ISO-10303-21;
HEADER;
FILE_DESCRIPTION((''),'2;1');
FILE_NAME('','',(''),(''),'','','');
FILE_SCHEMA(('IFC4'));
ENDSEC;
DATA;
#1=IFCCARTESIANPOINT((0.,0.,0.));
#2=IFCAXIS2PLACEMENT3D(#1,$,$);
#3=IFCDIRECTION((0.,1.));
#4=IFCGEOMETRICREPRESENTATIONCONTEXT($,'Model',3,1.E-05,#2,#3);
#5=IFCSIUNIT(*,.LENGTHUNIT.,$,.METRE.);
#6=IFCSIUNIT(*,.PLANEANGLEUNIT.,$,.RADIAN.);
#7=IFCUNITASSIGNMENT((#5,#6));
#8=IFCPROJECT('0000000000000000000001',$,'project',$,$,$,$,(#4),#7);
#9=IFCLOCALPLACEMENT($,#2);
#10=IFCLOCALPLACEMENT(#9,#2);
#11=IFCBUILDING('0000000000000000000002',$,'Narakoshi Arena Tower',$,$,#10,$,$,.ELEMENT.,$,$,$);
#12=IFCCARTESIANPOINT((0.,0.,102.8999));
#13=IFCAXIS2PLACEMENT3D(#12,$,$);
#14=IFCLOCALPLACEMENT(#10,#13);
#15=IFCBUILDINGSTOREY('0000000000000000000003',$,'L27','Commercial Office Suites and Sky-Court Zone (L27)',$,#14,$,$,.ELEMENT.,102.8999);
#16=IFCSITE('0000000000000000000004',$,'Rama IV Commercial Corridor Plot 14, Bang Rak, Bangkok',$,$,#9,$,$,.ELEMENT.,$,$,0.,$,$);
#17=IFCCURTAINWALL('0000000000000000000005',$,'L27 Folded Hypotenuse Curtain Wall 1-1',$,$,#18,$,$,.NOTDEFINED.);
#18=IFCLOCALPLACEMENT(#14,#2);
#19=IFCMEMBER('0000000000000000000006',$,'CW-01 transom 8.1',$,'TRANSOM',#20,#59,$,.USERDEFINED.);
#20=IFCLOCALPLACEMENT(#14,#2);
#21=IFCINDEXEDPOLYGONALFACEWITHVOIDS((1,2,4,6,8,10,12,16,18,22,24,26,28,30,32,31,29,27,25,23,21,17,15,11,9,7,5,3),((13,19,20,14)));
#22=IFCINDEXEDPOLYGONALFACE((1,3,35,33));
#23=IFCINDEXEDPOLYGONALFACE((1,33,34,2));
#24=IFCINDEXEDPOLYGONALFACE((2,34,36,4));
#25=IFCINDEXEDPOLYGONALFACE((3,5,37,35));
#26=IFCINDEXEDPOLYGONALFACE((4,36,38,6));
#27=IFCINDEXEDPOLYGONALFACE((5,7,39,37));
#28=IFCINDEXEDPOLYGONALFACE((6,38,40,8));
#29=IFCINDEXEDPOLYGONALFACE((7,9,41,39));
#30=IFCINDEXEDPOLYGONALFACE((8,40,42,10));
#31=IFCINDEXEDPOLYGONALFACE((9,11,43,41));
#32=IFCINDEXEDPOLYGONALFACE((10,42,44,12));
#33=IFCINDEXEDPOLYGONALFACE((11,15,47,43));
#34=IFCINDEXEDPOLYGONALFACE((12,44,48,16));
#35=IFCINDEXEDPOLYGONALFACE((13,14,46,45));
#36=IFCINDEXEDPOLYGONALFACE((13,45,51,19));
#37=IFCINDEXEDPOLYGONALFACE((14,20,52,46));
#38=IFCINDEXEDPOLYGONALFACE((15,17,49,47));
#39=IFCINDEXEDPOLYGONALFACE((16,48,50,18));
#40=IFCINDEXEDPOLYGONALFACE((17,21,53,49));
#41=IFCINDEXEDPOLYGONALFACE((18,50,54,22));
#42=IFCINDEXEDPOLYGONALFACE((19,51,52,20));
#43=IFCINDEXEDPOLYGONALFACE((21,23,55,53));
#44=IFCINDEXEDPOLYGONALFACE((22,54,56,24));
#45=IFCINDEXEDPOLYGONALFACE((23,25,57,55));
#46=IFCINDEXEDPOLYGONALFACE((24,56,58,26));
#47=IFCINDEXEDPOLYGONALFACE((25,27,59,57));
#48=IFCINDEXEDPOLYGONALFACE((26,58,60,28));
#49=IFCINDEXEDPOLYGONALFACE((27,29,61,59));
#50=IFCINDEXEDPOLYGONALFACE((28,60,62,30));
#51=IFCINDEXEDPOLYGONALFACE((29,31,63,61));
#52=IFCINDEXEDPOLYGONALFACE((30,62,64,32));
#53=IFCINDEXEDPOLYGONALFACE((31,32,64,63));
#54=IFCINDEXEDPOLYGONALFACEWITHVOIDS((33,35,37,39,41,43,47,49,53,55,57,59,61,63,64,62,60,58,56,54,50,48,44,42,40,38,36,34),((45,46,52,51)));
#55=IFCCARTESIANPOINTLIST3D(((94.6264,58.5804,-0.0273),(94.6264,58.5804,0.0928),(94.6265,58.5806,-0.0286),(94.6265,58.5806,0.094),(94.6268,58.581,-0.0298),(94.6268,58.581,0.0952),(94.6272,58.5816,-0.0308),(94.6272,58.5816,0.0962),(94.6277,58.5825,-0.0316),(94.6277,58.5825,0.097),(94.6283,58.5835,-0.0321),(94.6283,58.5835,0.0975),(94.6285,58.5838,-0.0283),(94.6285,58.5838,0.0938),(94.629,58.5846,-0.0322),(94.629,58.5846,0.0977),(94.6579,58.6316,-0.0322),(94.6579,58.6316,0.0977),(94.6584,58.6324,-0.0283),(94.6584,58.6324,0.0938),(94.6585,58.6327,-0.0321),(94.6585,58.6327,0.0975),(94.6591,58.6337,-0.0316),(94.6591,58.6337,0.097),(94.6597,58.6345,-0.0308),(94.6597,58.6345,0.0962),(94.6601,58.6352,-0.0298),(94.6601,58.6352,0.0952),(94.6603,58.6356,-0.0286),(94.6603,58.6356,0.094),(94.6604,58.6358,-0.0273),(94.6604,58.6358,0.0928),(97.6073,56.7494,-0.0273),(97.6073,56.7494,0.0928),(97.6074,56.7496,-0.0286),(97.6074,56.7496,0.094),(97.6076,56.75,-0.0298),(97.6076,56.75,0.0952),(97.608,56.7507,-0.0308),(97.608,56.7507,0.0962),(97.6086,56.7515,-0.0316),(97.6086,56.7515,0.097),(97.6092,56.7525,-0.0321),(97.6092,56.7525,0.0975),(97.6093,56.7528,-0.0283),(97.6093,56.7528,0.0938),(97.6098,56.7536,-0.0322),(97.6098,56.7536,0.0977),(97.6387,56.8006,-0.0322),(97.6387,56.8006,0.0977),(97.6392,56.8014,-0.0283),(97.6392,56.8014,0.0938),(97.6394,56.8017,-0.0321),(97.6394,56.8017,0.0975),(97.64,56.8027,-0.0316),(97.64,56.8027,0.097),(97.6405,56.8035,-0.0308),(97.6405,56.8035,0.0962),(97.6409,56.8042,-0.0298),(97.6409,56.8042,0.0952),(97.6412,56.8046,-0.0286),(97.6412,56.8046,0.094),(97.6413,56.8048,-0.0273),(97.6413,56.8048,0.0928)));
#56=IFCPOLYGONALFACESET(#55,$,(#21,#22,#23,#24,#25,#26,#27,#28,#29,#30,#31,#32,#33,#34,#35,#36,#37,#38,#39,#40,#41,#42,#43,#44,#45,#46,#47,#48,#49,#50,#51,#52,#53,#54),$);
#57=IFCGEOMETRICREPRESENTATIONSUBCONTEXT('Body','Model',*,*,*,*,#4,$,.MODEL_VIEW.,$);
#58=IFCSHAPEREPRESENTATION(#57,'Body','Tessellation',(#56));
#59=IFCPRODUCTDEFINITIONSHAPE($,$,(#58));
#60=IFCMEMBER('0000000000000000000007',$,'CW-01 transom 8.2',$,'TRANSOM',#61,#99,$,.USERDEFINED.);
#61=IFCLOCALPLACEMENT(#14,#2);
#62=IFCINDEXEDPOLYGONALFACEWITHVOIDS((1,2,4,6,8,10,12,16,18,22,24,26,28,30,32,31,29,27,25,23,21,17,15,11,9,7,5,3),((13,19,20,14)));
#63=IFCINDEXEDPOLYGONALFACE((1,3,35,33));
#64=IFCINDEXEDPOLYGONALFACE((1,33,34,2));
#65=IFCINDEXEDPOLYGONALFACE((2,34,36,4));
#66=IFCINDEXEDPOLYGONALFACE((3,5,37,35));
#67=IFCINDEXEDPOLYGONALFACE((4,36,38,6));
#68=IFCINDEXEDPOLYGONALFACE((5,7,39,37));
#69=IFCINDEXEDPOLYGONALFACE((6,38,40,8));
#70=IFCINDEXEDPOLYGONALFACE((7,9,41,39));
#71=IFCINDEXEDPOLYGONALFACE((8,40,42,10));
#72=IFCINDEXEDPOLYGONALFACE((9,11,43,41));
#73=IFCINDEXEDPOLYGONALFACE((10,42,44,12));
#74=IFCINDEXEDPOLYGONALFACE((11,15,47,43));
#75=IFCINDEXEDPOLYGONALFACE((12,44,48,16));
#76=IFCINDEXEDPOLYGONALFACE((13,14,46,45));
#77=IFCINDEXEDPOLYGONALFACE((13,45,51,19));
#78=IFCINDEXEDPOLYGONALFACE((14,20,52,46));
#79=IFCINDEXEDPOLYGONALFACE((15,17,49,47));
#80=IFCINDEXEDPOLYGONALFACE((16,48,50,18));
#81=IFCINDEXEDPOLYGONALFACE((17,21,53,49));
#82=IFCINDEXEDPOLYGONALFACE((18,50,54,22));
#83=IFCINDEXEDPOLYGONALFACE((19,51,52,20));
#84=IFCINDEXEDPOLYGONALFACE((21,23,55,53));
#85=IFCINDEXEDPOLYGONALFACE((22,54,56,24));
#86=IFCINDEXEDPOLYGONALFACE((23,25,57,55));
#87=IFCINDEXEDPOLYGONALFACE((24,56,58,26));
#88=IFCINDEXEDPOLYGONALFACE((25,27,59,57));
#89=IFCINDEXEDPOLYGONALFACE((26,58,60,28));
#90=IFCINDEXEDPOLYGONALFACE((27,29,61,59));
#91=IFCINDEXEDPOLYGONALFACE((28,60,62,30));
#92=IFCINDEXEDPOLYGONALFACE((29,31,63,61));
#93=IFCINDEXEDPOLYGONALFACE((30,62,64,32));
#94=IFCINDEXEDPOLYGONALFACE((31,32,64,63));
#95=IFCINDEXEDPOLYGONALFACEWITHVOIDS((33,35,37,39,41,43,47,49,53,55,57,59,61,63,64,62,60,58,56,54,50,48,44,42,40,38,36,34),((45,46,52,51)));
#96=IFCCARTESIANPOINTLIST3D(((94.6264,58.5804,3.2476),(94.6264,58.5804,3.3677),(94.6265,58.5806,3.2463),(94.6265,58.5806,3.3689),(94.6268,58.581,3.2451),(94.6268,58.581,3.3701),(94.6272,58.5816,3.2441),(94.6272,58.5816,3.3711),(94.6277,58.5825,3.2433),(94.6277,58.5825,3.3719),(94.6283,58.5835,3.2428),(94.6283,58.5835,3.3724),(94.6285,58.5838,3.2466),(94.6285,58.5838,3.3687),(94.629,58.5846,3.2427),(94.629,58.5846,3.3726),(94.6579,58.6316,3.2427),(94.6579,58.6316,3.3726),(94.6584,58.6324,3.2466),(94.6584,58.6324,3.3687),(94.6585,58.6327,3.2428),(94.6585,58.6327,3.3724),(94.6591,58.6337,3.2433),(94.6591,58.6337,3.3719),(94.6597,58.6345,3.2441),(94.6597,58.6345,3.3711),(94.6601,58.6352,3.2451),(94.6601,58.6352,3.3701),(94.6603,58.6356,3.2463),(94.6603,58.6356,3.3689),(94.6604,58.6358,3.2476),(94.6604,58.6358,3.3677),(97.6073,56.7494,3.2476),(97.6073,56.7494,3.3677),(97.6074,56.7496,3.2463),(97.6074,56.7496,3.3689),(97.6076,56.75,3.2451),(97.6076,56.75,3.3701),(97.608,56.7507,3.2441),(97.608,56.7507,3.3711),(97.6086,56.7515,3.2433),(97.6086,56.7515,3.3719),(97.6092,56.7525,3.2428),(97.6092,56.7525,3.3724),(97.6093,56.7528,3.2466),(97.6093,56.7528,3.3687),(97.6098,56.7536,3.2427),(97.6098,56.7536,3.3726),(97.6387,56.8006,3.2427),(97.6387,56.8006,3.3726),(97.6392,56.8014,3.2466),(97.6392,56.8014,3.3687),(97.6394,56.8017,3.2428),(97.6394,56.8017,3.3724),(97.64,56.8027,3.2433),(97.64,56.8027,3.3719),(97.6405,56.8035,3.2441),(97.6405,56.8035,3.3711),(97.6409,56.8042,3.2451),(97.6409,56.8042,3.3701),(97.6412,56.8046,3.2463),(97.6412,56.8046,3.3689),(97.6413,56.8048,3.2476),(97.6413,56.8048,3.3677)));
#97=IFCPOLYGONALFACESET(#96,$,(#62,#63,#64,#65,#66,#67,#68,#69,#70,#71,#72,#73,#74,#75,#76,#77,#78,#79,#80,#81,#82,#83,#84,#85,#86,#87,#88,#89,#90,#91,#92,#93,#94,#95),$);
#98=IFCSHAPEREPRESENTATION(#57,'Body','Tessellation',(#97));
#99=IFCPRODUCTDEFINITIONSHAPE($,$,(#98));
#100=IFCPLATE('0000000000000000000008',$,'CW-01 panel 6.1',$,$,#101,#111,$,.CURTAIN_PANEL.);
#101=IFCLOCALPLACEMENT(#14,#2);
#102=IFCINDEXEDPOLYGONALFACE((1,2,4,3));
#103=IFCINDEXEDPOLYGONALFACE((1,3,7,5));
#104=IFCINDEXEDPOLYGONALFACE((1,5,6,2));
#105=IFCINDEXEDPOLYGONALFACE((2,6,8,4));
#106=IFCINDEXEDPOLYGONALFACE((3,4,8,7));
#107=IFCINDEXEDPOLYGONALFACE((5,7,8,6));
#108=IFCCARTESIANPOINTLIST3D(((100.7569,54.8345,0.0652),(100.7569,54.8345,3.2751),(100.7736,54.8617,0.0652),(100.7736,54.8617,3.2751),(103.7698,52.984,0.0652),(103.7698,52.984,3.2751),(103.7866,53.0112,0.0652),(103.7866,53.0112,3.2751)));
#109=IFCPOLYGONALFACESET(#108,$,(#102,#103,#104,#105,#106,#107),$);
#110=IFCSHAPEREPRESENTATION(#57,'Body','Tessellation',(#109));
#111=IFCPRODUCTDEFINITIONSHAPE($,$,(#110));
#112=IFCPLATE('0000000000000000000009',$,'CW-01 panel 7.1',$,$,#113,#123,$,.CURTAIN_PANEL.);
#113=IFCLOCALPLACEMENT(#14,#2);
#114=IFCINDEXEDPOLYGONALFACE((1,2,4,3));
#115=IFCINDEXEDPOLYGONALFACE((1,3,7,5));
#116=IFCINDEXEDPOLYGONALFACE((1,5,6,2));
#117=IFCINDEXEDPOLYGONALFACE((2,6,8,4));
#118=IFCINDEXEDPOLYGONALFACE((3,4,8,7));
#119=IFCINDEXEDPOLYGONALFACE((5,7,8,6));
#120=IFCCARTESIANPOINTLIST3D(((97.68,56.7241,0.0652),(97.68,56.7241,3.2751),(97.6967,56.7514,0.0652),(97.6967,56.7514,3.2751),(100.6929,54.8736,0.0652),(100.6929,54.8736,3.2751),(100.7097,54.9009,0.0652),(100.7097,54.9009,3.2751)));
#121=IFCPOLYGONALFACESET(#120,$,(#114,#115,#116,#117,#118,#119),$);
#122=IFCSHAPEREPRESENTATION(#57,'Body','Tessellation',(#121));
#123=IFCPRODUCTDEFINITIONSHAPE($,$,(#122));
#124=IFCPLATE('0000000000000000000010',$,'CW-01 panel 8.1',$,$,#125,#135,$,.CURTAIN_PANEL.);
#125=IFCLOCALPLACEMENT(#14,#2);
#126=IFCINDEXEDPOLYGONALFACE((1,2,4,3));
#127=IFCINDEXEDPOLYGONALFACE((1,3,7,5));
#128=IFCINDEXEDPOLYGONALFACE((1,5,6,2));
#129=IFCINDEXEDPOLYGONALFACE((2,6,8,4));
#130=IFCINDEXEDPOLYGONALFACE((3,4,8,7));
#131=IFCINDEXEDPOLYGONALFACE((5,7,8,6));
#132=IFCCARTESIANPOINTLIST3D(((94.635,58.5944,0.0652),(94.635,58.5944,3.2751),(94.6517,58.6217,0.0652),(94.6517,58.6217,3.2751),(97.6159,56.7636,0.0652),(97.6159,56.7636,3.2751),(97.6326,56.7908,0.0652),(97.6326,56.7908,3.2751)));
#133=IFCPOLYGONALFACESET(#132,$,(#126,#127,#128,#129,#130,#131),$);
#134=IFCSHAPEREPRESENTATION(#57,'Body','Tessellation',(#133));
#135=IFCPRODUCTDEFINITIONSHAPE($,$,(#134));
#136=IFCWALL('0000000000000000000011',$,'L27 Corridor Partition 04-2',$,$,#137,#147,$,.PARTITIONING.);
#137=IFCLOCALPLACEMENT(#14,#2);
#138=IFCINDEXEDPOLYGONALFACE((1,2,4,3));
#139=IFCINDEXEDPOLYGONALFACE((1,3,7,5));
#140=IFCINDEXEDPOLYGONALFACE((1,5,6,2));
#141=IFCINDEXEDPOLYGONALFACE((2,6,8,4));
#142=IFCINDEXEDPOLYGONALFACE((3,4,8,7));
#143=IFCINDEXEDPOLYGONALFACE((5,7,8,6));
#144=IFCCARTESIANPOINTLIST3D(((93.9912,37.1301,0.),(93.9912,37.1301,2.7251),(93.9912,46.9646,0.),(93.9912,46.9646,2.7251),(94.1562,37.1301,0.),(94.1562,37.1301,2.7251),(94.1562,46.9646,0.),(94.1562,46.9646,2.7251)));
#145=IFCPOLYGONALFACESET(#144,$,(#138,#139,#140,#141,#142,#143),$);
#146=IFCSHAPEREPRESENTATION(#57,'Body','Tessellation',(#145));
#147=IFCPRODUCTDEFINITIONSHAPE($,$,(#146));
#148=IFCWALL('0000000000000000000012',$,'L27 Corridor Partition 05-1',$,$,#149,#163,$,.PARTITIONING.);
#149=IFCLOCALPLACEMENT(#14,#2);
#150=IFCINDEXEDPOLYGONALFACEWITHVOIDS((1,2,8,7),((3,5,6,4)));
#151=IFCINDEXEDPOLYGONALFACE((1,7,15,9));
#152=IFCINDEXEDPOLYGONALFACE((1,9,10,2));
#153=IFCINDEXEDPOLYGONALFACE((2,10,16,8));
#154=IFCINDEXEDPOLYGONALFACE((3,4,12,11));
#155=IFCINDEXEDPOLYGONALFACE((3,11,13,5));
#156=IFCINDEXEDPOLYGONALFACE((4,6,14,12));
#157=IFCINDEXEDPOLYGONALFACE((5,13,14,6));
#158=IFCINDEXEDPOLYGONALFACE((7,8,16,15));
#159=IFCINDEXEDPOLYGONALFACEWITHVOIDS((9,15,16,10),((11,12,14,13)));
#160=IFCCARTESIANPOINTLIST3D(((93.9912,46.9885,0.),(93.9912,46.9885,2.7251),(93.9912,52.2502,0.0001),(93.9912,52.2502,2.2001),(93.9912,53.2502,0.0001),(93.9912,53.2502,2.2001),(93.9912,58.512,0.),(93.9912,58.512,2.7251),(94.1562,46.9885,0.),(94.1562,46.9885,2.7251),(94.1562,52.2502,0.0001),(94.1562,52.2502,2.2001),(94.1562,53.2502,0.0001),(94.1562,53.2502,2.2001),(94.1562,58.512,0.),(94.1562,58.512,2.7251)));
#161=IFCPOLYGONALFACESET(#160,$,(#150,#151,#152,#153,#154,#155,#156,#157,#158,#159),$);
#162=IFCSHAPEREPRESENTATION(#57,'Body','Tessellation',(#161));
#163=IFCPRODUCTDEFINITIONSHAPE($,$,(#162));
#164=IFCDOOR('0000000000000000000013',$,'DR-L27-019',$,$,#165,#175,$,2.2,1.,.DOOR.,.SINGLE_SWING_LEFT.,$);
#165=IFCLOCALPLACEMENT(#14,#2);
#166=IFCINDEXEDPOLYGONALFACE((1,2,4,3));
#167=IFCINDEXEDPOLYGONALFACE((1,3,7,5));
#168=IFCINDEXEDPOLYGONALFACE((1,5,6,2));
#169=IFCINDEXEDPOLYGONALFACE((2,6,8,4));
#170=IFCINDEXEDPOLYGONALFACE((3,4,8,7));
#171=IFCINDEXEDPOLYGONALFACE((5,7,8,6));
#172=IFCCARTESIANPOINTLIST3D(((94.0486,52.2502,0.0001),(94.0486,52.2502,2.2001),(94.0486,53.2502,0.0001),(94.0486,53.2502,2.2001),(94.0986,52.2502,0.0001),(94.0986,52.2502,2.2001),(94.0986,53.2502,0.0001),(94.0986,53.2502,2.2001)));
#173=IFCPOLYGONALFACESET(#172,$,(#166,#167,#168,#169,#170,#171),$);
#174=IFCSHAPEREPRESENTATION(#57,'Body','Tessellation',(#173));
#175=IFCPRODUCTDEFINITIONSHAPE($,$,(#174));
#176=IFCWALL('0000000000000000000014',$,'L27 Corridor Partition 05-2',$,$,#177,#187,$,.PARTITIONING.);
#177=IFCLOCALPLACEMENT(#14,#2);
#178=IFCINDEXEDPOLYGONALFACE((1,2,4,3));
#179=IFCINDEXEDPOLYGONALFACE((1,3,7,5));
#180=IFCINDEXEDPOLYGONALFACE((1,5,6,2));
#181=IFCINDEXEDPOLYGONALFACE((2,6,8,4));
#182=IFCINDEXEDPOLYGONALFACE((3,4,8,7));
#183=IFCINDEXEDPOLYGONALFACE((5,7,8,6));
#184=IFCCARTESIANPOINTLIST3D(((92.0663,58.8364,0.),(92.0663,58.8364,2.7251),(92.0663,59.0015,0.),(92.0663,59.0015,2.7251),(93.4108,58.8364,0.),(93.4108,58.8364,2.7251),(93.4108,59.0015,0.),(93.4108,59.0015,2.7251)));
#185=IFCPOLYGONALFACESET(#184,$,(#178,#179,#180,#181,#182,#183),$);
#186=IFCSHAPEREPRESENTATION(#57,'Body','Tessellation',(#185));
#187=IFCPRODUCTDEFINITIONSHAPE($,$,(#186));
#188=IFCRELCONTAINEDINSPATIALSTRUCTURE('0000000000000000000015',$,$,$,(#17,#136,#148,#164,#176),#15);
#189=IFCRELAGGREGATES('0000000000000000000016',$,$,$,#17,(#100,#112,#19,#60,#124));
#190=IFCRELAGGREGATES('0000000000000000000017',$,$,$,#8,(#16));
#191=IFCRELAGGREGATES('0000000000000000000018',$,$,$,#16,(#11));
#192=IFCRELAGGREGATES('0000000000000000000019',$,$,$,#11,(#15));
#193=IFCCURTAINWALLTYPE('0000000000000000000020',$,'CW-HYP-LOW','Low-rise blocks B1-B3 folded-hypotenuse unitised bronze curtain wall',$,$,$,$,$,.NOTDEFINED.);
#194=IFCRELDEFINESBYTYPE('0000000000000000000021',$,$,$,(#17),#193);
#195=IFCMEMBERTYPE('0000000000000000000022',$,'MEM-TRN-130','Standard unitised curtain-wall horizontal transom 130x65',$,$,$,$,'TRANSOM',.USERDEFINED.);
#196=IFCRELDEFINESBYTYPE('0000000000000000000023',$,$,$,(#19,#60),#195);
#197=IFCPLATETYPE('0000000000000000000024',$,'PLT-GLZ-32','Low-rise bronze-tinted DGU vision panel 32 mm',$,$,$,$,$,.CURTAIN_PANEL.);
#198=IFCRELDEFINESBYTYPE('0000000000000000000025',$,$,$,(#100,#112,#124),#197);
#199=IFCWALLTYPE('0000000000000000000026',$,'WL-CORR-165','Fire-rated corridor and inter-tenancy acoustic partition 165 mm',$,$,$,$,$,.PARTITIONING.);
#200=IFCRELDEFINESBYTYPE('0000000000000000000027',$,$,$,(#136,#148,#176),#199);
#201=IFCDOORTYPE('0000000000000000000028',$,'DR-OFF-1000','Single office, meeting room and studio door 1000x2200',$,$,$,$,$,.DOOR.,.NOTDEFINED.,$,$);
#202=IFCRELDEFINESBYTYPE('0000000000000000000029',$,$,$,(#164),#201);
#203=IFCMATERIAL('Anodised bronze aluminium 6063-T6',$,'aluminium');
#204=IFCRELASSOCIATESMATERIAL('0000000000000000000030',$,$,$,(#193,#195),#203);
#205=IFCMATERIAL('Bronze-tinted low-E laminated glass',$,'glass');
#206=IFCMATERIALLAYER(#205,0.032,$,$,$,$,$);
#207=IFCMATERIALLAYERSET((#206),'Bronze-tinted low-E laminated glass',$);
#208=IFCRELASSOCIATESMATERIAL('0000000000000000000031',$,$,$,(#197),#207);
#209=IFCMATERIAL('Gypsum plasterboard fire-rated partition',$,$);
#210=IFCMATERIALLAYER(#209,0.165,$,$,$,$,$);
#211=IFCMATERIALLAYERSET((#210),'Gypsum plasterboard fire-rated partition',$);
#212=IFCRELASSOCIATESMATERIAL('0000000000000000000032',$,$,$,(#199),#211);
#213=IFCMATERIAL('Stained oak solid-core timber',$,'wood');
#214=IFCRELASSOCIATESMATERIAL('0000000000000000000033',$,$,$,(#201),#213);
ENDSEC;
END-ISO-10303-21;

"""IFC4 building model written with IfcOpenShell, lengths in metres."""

from ifc_helpers import new_model, si_unit, direction, frame, frame_2d, origin, origin_2d, place, context, subcontext, project, spatial, rectangle, hollow_rectangle, extrude, material, layer, layer_set, material_profile, profile_set, type_object, element, fill, aggregate, save


model = new_model("IFC4")

# Units and contexts
model_context = context("Model", 3, precision=1e-05, world=origin(), true_north=direction((0.0, 1.0)))
body_context = subcontext(model_context, "Body", "Model", "MODEL_VIEW")
ifc_project = project(units=[si_unit("LENGTHUNIT", "METRE"), si_unit("PLANEANGLEUNIT", "RADIAN")], contexts=[model_context])

# Site, building, storey
site_placement = place(None, origin())
site = spatial("IfcSite", under=ifc_project, at=site_placement, Name="Rama IV Commercial Corridor Plot 14, Bang Rak, Bangkok", CompositionType="ELEMENT", RefElevation=0.0)
building_placement = place(site_placement, origin())
building = spatial("IfcBuilding", under=site, at=building_placement, Name="Narakoshi Arena Tower", CompositionType="ELEMENT")
storey_placement = place(building_placement, frame((0.0, 0.0, 102.8999)))
storey = spatial("IfcBuildingStorey", under=building, at=storey_placement, Name="L27", Description="Commercial Office Suites and Sky-Court Zone (L27)", CompositionType="ELEMENT", Elevation=102.8999)

# Curtain wall, members, plates
ifc_material_1 = material(Name="Anodised bronze aluminium 6063-T6", Category="aluminium")
curtain_wall_type = type_object("IfcCurtainWallType", Name="CW-HYP-LOW", Description="Low-rise blocks B1-B3 folded-hypotenuse unitised bronze curtain wall", PredefinedType="NOTDEFINED", material=ifc_material_1)
curtain_wall_placement = place(storey_placement, origin())
curtain_wall = element("IfcCurtainWall", 1, at=curtain_wall_placement, inside=storey, type_object=curtain_wall_type, Name="L27 Folded Hypotenuse Curtain Wall 1-1", PredefinedType="NOTDEFINED")
ifc_material_profile_1 = material_profile(ifc_material_1, hollow_rectangle(XDim=0.0649, YDim=0.1299, WallThickness=0.0039, OuterFilletRadius=0.0049, at=origin_2d()), Name="TRN130x65x4")
ifc_profile_set_1 = profile_set([ifc_material_profile_1], Name="Anodised bronze aluminium 6063-T6")
member_type_1 = type_object("IfcMemberType", Name="MEM-TRN-130", Description="Standard unitised curtain-wall horizontal transom 130x65", ElementType="TRANSOM", PredefinedType="USERDEFINED", material=ifc_profile_set_1)
member_1_placement = place(storey_placement, frame((97.6243, 56.7771, 0.0327), z_axis=(-0.852089, 0.523396, 0.0), x_axis=(-0.523396, -0.852089, 0.0)))
member_1 = element("IfcMember", 2, at=member_1_placement, type_object=member_type_1, Name="CW-01 transom 8.1", ObjectType="TRANSOM", PredefinedType="USERDEFINED", context=body_context, shape_type="SweptSolid", body=[
    extrude(hollow_rectangle(XDim=0.0649, YDim=0.1299, WallThickness=0.0039, OuterFilletRadius=0.0049, at=origin_2d()), origin(), (0.0, 0.0, 1.0), 3.4983),
])
member_2_placement = place(storey_placement, frame((97.6243, 56.7771, 3.3076), z_axis=(-0.852089, 0.523396, 0.0), x_axis=(-0.523396, -0.852089, 0.0)))
member_2 = element("IfcMember", 3, at=member_2_placement, type_object=member_type_1, Name="CW-01 transom 8.2", ObjectType="TRANSOM", PredefinedType="USERDEFINED", context=body_context, shape_type="SweptSolid", body=[
    extrude(hollow_rectangle(XDim=0.0649, YDim=0.1299, WallThickness=0.0039, OuterFilletRadius=0.0049, at=origin_2d()), origin(), (0.0, 0.0, 1.0), 3.4983),
])
ifc_material_2 = material(Name="Bronze-tinted low-E laminated glass", Category="glass")
ifc_layer_1 = layer(ifc_material_2, 0.032)
ifc_layer_set_1 = layer_set([ifc_layer_1], Name="Bronze-tinted low-E laminated glass")
plate_type = type_object("IfcPlateType", Name="PLT-GLZ-32", Description="Low-rise bronze-tinted DGU vision panel 32 mm", PredefinedType="CURTAIN_PANEL", material=ifc_layer_set_1)
plate_1_placement = place(storey_placement, frame((102.2717, 53.9229, 0.0652), z_axis=(0.0, 0.0, 1.0), x_axis=(-0.852113, 0.523358, 0.0)))
plate_1 = element("IfcPlate", 4, at=plate_1_placement, type_object=plate_type, Name="CW-01 panel 6.1", PredefinedType="CURTAIN_PANEL", context=body_context, shape_type="SweptSolid", body=[
    extrude(rectangle(XDim=3.5359, YDim=0.032, at=origin_2d()), origin(), (0.0, 0.0, 1.0), 3.21),
])
plate_2_placement = place(storey_placement, frame((99.1948, 55.8125, 0.0652), z_axis=(0.0, 0.0, 1.0), x_axis=(-0.852113, 0.523358, 0.0)))
plate_2 = element("IfcPlate", 5, at=plate_2_placement, type_object=plate_type, Name="CW-01 panel 7.1", PredefinedType="CURTAIN_PANEL", context=body_context, shape_type="SweptSolid", body=[
    extrude(rectangle(XDim=3.5359, YDim=0.032, at=origin_2d()), origin(), (0.0, 0.0, 1.0), 3.21),
])
plate_3_placement = place(storey_placement, frame((96.1338, 57.6926, 0.0652), z_axis=(0.0, 0.0, 1.0), x_axis=(-0.852113, 0.523358, 0.0)))
plate_3 = element("IfcPlate", 6, at=plate_3_placement, type_object=plate_type, Name="CW-01 panel 8.1", PredefinedType="CURTAIN_PANEL", context=body_context, shape_type="SweptSolid", body=[
    extrude(rectangle(XDim=3.4983, YDim=0.032, at=origin_2d()), origin(), (0.0, 0.0, 1.0), 3.21),
])
aggregate(curtain_wall, [plate_1, plate_2, member_1, member_2, plate_3])

# Wall
ifc_material_3 = material(Name="Gypsum plasterboard fire-rated partition")
ifc_layer_2 = layer(ifc_material_3, 0.165)
ifc_layer_set_2 = layer_set([ifc_layer_2], Name="Gypsum plasterboard fire-rated partition")
wall_type_1 = type_object("IfcWallType", Name="WL-CORR-165", Description="Fire-rated corridor and inter-tenancy acoustic partition 165 mm", PredefinedType="PARTITIONING", material=ifc_layer_set_2)
wall_1_placement = place(storey_placement, frame((94.0737, 37.1301, 0.0), z_axis=(0.0, 0.0, 1.0), x_axis=(0.0, 1.0, 0.0)))
element("IfcWall", 7, at=wall_1_placement, inside=storey, type_object=wall_type_1, Name="L27 Corridor Partition 04-2", PredefinedType="PARTITIONING", context=body_context, shape_type="SweptSolid", body=[
    extrude(rectangle(XDim=9.8345, YDim=0.165, at=frame_2d((4.9172, 0.0))), origin(), (0.0, 0.0, 1.0), 2.7251),
])

# Wall, opening, door
wall_2_placement = place(storey_placement, frame((94.0737, 46.9885, 0.0), z_axis=(0.0, 0.0, 1.0), x_axis=(0.0, 1.0, 0.0)))
wall_2 = element("IfcWall", 8, at=wall_2_placement, inside=storey, type_object=wall_type_1, Name="L27 Corridor Partition 05-1", PredefinedType="PARTITIONING", context=body_context, shape_type="SweptSolid", body=[
    extrude(rectangle(XDim=11.5234, YDim=0.165, at=frame_2d((5.7617, 0.0))), origin(), (0.0, 0.0, 1.0), 2.7251),
])
opening_1_placement = place(wall_2_placement, frame((5.2617, 0.0, 0.0)))
opening_1 = element("IfcOpeningElement", 9, at=opening_1_placement, cuts=wall_2, PredefinedType="OPENING", context=body_context, shape_type="SweptSolid", body=[
    extrude(rectangle(XDim=1.0, YDim=2.2, at=frame_2d((0.5, 1.1001))), frame((0.0, 0.0925, 0.0), z_axis=(0.0, -1.0, 0.0), x_axis=(1.0, 0.0, 0.0)), (0.0, 0.0, 1.0), 0.1851),
])
ifc_material_4 = material(Name="Stained oak solid-core timber", Category="wood")
door_type = type_object("IfcDoorType", Name="DR-OFF-1000", Description="Single office, meeting room and studio door 1000x2200", OperationType="NOTDEFINED", PredefinedType="DOOR", material=ifc_material_4)
door_placement = place(opening_1_placement, frame((1.0, 0.0, 0.0), z_axis=(0.0, 0.0, 1.0), x_axis=(-1.0, 0.0, 0.0)))
door = element("IfcDoor", 10, at=door_placement, inside=storey, type_object=door_type, Name="DR-L27-019", OperationType="SINGLE_SWING_LEFT", OverallHeight=2.2, OverallWidth=1.0, PredefinedType="DOOR", context=body_context, shape_type="SweptSolid", body=[
    extrude(rectangle(XDim=1.0, YDim=2.2, at=frame_2d((0.5, 1.1001))), frame((0.0, 0.0249, 0.0), z_axis=(0.0, -1.0, 0.0), x_axis=(1.0, 0.0, 0.0)), (0.0, 0.0, 1.0), 0.05),
])
fill(opening_1, door)

# Wall
wall_3_placement = place(storey_placement, frame((93.4109, 58.9189, 0.0), z_axis=(0.0, 0.0, 1.0), x_axis=(-1.0, 0.0, 0.0)))
element("IfcWall", 11, at=wall_3_placement, inside=storey, type_object=wall_type_1, Name="L27 Corridor Partition 05-2", PredefinedType="PARTITIONING", context=body_context, shape_type="SweptSolid", body=[
    extrude(rectangle(XDim=1.3445, YDim=0.165, at=frame_2d((0.6724, 0.0))), origin(), (0.0, 0.0, 1.0), 2.7251),
])

save(model, "model.ifc")
